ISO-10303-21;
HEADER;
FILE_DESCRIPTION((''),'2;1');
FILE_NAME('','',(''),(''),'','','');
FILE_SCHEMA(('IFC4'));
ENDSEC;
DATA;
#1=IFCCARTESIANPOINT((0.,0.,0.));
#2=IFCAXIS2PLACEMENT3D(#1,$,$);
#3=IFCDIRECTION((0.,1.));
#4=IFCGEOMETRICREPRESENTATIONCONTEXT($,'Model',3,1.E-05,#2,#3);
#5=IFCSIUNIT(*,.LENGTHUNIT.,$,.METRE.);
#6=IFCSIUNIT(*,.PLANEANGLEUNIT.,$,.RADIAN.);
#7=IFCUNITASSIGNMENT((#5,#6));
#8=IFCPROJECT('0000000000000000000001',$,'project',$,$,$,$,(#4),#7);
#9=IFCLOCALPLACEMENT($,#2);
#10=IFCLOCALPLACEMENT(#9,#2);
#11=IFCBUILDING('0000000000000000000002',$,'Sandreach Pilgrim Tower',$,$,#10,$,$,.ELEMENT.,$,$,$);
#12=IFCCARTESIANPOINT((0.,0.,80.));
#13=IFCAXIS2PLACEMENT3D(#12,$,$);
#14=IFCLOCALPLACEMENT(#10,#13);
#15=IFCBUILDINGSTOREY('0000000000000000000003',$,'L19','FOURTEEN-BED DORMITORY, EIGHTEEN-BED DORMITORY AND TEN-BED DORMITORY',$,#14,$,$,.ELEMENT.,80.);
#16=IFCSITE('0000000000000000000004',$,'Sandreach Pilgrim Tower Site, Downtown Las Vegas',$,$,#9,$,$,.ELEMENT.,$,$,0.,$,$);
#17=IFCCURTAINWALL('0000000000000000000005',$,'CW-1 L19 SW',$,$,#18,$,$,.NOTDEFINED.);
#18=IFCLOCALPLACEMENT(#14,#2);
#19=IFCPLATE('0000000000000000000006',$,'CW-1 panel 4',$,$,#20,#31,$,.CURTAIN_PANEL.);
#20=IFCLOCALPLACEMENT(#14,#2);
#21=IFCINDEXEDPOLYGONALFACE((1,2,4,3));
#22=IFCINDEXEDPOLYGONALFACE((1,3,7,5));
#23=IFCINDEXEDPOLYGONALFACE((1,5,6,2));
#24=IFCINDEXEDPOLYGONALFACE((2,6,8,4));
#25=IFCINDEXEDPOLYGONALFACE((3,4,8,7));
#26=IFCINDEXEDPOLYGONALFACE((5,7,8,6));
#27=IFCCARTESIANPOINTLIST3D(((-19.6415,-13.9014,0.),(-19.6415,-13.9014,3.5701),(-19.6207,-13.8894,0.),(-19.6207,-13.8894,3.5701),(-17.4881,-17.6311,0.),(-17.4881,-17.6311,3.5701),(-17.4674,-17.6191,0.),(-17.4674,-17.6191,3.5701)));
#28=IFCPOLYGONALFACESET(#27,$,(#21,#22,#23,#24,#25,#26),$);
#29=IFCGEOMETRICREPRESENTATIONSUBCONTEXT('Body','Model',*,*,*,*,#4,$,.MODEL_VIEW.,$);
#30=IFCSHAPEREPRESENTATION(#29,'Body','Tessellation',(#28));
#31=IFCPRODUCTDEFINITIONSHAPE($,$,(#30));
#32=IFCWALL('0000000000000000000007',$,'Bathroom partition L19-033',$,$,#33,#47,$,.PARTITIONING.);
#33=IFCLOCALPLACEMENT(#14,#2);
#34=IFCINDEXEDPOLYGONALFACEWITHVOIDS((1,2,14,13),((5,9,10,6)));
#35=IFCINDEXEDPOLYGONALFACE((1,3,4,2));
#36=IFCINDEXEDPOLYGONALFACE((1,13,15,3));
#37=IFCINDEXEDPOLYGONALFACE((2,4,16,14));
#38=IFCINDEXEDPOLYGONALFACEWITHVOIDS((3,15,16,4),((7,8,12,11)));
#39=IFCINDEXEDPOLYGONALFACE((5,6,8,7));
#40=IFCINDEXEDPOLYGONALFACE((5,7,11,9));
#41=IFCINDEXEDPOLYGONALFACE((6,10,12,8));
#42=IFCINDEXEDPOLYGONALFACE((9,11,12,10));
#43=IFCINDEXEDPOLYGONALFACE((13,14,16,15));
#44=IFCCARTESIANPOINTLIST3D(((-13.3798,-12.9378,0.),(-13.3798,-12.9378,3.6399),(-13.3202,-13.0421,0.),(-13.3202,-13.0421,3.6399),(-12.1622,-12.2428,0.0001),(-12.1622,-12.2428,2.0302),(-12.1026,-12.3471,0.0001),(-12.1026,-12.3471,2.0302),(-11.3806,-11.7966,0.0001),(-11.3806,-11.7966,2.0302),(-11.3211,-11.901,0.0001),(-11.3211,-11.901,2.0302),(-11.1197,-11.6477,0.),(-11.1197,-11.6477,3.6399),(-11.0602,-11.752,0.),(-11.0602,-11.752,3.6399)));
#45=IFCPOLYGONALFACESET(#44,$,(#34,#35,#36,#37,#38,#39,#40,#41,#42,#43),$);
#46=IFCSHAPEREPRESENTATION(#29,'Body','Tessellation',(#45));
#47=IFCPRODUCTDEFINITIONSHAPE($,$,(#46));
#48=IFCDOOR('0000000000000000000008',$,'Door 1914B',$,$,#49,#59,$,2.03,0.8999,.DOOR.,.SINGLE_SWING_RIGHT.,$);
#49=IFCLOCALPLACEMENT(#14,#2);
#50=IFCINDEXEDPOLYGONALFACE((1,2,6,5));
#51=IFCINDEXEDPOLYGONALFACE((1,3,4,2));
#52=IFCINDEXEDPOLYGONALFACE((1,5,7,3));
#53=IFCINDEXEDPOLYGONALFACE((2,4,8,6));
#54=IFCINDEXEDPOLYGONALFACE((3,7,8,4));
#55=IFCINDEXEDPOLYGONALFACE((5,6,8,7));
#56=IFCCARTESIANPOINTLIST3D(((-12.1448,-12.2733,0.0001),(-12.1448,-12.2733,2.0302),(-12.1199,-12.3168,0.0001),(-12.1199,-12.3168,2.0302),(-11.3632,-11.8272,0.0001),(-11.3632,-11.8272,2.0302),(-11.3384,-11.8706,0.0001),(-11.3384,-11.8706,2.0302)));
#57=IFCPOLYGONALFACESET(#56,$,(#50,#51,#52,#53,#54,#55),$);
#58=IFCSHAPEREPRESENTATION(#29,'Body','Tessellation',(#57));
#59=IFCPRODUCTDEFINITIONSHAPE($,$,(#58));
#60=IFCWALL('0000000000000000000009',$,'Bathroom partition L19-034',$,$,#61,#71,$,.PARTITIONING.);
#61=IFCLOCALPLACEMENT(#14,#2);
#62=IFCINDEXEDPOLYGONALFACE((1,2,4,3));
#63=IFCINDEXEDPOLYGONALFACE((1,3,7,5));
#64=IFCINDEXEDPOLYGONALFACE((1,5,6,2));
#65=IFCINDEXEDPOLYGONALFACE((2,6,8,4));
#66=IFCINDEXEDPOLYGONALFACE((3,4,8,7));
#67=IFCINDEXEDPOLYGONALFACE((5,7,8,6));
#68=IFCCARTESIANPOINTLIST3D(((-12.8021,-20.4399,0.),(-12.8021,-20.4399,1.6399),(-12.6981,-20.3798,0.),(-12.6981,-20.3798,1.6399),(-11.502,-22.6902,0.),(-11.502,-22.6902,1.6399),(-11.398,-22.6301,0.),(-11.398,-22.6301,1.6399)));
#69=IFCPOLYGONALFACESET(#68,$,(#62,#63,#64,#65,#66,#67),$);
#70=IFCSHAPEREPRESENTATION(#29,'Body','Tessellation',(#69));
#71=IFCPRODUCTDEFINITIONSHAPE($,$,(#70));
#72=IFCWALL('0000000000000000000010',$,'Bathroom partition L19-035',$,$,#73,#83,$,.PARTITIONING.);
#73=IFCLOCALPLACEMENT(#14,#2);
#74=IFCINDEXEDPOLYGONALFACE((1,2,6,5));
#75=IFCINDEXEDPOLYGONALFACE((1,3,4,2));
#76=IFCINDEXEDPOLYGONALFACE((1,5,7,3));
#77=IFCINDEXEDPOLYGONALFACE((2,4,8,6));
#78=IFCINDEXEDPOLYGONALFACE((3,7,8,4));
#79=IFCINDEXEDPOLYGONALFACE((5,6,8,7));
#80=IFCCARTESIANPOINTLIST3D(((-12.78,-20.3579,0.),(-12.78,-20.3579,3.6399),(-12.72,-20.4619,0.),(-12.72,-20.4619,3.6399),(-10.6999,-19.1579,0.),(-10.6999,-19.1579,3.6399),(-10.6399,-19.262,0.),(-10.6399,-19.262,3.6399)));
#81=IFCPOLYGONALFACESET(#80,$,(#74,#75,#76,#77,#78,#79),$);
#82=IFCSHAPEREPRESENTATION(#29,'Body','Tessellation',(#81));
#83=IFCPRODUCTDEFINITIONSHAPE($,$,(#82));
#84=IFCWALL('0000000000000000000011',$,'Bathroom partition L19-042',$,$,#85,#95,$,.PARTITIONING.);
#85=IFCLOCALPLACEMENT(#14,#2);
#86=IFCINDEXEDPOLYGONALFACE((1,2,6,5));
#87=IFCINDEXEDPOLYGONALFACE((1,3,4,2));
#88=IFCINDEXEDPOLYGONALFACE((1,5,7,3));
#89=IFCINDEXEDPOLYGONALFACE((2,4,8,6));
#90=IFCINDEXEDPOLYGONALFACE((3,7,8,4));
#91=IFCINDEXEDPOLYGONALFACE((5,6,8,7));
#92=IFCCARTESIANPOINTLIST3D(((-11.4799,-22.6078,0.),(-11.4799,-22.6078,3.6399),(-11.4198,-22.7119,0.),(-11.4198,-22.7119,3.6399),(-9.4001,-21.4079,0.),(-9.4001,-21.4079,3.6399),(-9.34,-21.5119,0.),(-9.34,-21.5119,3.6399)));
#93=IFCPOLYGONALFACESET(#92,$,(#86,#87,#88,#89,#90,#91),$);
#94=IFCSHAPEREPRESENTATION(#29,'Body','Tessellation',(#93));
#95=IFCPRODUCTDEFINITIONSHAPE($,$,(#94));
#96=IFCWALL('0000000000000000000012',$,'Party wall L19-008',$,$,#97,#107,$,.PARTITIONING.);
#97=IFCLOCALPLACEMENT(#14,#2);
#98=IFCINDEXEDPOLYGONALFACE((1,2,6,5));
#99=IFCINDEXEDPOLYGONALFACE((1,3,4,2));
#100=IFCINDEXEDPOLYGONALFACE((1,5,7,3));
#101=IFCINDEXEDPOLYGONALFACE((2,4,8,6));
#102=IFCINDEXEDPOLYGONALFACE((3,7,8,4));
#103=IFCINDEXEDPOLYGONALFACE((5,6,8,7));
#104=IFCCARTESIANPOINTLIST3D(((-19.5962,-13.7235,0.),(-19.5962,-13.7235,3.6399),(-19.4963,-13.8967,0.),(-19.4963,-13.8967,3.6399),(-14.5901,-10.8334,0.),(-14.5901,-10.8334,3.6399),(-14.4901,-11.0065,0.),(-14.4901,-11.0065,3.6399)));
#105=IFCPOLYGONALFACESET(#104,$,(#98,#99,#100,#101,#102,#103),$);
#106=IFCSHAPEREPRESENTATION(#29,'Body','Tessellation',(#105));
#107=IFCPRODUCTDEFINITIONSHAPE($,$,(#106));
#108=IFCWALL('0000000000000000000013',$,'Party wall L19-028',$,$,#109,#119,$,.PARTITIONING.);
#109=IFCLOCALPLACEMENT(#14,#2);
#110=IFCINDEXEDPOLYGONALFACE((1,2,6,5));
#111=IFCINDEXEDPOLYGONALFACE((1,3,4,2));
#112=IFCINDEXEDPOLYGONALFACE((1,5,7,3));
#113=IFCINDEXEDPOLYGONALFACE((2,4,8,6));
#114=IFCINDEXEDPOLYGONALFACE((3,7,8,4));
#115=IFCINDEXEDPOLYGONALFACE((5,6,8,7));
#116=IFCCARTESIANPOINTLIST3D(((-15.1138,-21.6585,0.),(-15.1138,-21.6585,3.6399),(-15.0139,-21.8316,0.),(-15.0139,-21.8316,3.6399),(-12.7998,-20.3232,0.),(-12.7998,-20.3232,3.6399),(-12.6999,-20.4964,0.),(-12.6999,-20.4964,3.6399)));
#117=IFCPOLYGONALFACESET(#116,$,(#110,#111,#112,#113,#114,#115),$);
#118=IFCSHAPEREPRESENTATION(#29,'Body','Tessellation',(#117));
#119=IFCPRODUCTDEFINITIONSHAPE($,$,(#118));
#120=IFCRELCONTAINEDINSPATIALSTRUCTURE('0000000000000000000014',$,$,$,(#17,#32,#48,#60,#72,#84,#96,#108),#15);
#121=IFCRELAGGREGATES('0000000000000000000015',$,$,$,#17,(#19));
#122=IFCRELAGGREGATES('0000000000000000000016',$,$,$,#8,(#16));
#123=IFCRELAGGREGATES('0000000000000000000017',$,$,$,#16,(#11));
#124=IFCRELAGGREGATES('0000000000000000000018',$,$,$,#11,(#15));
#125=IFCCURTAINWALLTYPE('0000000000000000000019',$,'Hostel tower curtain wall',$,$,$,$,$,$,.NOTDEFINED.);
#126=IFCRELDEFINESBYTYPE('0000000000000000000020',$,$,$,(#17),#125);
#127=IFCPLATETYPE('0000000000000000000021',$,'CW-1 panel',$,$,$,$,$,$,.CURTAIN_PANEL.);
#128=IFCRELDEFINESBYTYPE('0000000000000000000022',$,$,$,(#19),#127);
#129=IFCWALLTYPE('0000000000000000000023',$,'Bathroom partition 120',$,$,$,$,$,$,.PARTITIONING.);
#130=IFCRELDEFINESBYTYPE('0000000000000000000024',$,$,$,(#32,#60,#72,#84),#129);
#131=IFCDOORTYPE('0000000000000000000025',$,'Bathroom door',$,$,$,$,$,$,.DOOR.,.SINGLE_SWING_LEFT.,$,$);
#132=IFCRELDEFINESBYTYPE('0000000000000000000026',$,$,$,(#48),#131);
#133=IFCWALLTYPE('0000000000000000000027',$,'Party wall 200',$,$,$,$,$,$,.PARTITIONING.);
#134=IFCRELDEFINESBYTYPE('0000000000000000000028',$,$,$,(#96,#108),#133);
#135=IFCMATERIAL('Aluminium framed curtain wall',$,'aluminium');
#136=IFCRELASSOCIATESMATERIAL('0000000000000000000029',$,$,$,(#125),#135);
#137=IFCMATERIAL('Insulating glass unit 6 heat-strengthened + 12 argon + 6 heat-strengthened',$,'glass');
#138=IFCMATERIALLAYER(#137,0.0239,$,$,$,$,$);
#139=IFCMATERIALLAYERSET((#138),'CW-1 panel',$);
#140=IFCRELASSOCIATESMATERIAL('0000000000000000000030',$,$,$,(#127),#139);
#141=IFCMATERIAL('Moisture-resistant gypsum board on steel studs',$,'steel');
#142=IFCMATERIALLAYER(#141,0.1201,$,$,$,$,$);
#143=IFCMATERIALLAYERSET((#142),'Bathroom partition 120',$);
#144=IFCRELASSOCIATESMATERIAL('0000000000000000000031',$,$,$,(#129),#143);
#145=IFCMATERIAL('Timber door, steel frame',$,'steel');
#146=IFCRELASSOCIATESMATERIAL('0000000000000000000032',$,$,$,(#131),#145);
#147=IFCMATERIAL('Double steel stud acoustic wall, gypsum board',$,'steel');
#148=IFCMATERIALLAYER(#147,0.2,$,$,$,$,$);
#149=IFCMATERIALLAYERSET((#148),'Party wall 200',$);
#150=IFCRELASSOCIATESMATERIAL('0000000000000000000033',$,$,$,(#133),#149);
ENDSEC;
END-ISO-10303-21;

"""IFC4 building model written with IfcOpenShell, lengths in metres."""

from ifc_helpers import new_model, si_unit, direction, frame, frame_2d, origin, origin_2d, place, context, subcontext, project, spatial, rectangle, extrude, material, layer, layer_set, type_object, element, fill, aggregate, save


model = new_model("IFC4")

# Units and contexts
model_context = context("Model", 3, precision=1e-05, world=origin(), true_north=direction((0.0, 1.0)))
body_context = subcontext(model_context, "Body", "Model", "MODEL_VIEW")
ifc_project = project(units=[si_unit("LENGTHUNIT", "METRE"), si_unit("PLANEANGLEUNIT", "RADIAN")], contexts=[model_context])

# Site, building, storey
site_placement = place(None, origin())
site = spatial("IfcSite", under=ifc_project, at=site_placement, Name="Sandreach Pilgrim Tower Site, Downtown Las Vegas", CompositionType="ELEMENT", RefElevation=0.0)
building_placement = place(site_placement, origin())
building = spatial("IfcBuilding", under=site, at=building_placement, Name="Sandreach Pilgrim Tower", CompositionType="ELEMENT")
storey_placement = place(building_placement, frame((0.0, 0.0, 80.0)))
storey = spatial("IfcBuildingStorey", under=building, at=storey_placement, Name="L19", Description="FOURTEEN-BED DORMITORY, EIGHTEEN-BED DORMITORY AND TEN-BED DORMITORY", CompositionType="ELEMENT", Elevation=80.0)

# Curtain wall
ifc_material_1 = material(Name="Aluminium framed curtain wall", Category="aluminium")
curtain_wall_type = type_object("IfcCurtainWallType", Name="Hostel tower curtain wall", PredefinedType="NOTDEFINED", material=ifc_material_1)
curtain_wall_placement = place(storey_placement, origin())
curtain_wall = element("IfcCurtainWall", 1, at=curtain_wall_placement, inside=storey, type_object=curtain_wall_type, Name="CW-1 L19 SW", PredefinedType="NOTDEFINED")

# Plate
ifc_material_2 = material(Name="Insulating glass unit 6 heat-strengthened + 12 argon + 6 heat-strengthened", Category="glass")
ifc_layer_1 = layer(ifc_material_2, 0.0239)
ifc_layer_set_1 = layer_set([ifc_layer_1], Name="CW-1 panel")
plate_type = type_object("IfcPlateType", Name="CW-1 panel", PredefinedType="CURTAIN_PANEL", material=ifc_layer_set_1)
plate_1_placement = place(storey_placement, frame((-18.5544, -15.7603, 0.0), z_axis=(0.0, 0.0, 1.0), x_axis=(-0.5, 0.866025, 0.0)))
plate_1 = element("IfcPlate", 2, at=plate_1_placement, type_object=plate_type, Name="CW-1 panel 4", PredefinedType="CURTAIN_PANEL", context=body_context, shape_type="SweptSolid", body=[
    extrude(rectangle(XDim=4.3066, YDim=0.0239, at=origin_2d()), origin(), (0.0, 0.0, 1.0), 3.5701),
])
aggregate(curtain_wall, [plate_1])

# Wall, opening, door
ifc_material_3 = material(Name="Moisture-resistant gypsum board on steel studs", Category="steel")
ifc_layer_2 = layer(ifc_material_3, 0.1201)
ifc_layer_set_2 = layer_set([ifc_layer_2], Name="Bathroom partition 120")
wall_type_1 = type_object("IfcWallType", Name="Bathroom partition 120", PredefinedType="PARTITIONING", material=ifc_layer_set_2)
wall_1_placement = place(storey_placement, frame((-13.3501, -12.99, 0.0), z_axis=(0.0, 0.0, 1.0), x_axis=(0.868474, 0.495735, 0.0)))
wall_1 = element("IfcWall", 3, at=wall_1_placement, inside=storey, type_object=wall_type_1, Name="Bathroom partition L19-033", PredefinedType="PARTITIONING", context=body_context, shape_type="SweptSolid", body=[
    extrude(rectangle(XDim=2.6023, YDim=0.1201, at=frame_2d((1.3013, 0.0))), origin(), (0.0, 0.0, 1.0), 3.6399),
])
opening_placement = place(wall_1_placement, frame((1.4021, 0.0, 0.0)))
opening = element("IfcOpeningElement", 4, at=opening_placement, cuts=wall_1, PredefinedType="OPENING", context=body_context, shape_type="SweptSolid", body=[
    extrude(rectangle(XDim=0.8999, YDim=2.03, at=frame_2d((0.45, 1.0151))), frame((0.0, 0.0601, 0.0), z_axis=(0.0, -1.0, 0.0), x_axis=(1.0, 0.0, 0.0)), (0.0, 0.0, 1.0), 0.1201),
])
ifc_material_4 = material(Name="Timber door, steel frame", Category="steel")
door_type = type_object("IfcDoorType", Name="Bathroom door", OperationType="SINGLE_SWING_LEFT", PredefinedType="DOOR", material=ifc_material_4)
door_placement = place(opening_placement, origin())
door = element("IfcDoor", 5, at=door_placement, inside=storey, type_object=door_type, Name="Door 1914B", OperationType="SINGLE_SWING_RIGHT", OverallHeight=2.03, OverallWidth=0.8999, PredefinedType="DOOR", context=body_context, shape_type="SweptSolid", body=[
    extrude(rectangle(XDim=0.8999, YDim=2.03, at=frame_2d((0.45, 1.0151))), frame((0.0, 0.0249, 0.0), z_axis=(0.0, -1.0, 0.0), x_axis=(1.0, 0.0, 0.0)), (0.0, 0.0, 1.0), 0.05),
])
fill(opening, door)

# Walls
wall_2_placement = place(storey_placement, frame((-12.75, -20.4099, 0.0), z_axis=(0.0, 0.0, 1.0), x_axis=(0.500251, -0.86588, 0.0)))
element("IfcWall", 6, at=wall_2_placement, inside=storey, type_object=wall_type_1, Name="Bathroom partition L19-034", PredefinedType="PARTITIONING", context=body_context, shape_type="SweptSolid", body=[
    extrude(rectangle(XDim=2.5989, YDim=0.1201, at=frame_2d((1.2993, 0.0))), origin(), (0.0, 0.0, 1.0), 1.6399),
])
wall_3_placement = place(storey_placement, frame((-12.75, -20.4099, 0.0), z_axis=(0.0, 0.0, 1.0), x_axis=(0.866203, 0.499693, 0.0)))
element("IfcWall", 7, at=wall_3_placement, inside=storey, type_object=wall_type_1, Name="Bathroom partition L19-035", PredefinedType="PARTITIONING", context=body_context, shape_type="SweptSolid", body=[
    extrude(rectangle(XDim=2.4014, YDim=0.1201, at=frame_2d((1.2007, 0.0))), origin(), (0.0, 0.0, 1.0), 3.6399),
])
wall_4_placement = place(storey_placement, frame((-11.45, -22.6599, 0.0), z_axis=(0.0, 0.0, 1.0), x_axis=(0.866177, 0.499737, 0.0)))
element("IfcWall", 8, at=wall_4_placement, inside=storey, type_object=wall_type_1, Name="Bathroom partition L19-042", PredefinedType="PARTITIONING", context=body_context, shape_type="SweptSolid", body=[
    extrude(rectangle(XDim=2.4011, YDim=0.1201, at=frame_2d((1.2007, 0.0))), origin(), (0.0, 0.0, 1.0), 3.6399),
])
ifc_material_5 = material(Name="Double steel stud acoustic wall, gypsum board", Category="steel")
ifc_layer_3 = layer(ifc_material_5, 0.2)
ifc_layer_set_3 = layer_set([ifc_layer_3], Name="Party wall 200")
wall_type_2 = type_object("IfcWallType", Name="Party wall 200", PredefinedType="PARTITIONING", material=ifc_layer_set_3)
wall_5_placement = place(storey_placement, frame((-19.5461, -13.8101, 0.0), z_axis=(0.0, 0.0, 1.0), x_axis=(0.866036, 0.499982, 0.0)))
element("IfcWall", 9, at=wall_5_placement, inside=storey, type_object=wall_type_2, Name="Party wall L19-008", PredefinedType="PARTITIONING", context=body_context, shape_type="SweptSolid", body=[
    extrude(rectangle(XDim=5.7805, YDim=0.2, at=frame_2d((2.8901, 0.0))), origin(), (0.0, 0.0, 1.0), 3.6399),
])
wall_6_placement = place(storey_placement, frame((-15.064, -21.7451, 0.0), z_axis=(0.0, 0.0, 1.0), x_axis=(0.866149, 0.499786, 0.0)))
element("IfcWall", 10, at=wall_6_placement, inside=storey, type_object=wall_type_2, Name="Party wall L19-028", PredefinedType="PARTITIONING", context=body_context, shape_type="SweptSolid", body=[
    extrude(rectangle(XDim=2.6716, YDim=0.2, at=frame_2d((1.3359, 0.0))), origin(), (0.0, 0.0, 1.0), 3.6399),
])

save(model, "model.ifc")
